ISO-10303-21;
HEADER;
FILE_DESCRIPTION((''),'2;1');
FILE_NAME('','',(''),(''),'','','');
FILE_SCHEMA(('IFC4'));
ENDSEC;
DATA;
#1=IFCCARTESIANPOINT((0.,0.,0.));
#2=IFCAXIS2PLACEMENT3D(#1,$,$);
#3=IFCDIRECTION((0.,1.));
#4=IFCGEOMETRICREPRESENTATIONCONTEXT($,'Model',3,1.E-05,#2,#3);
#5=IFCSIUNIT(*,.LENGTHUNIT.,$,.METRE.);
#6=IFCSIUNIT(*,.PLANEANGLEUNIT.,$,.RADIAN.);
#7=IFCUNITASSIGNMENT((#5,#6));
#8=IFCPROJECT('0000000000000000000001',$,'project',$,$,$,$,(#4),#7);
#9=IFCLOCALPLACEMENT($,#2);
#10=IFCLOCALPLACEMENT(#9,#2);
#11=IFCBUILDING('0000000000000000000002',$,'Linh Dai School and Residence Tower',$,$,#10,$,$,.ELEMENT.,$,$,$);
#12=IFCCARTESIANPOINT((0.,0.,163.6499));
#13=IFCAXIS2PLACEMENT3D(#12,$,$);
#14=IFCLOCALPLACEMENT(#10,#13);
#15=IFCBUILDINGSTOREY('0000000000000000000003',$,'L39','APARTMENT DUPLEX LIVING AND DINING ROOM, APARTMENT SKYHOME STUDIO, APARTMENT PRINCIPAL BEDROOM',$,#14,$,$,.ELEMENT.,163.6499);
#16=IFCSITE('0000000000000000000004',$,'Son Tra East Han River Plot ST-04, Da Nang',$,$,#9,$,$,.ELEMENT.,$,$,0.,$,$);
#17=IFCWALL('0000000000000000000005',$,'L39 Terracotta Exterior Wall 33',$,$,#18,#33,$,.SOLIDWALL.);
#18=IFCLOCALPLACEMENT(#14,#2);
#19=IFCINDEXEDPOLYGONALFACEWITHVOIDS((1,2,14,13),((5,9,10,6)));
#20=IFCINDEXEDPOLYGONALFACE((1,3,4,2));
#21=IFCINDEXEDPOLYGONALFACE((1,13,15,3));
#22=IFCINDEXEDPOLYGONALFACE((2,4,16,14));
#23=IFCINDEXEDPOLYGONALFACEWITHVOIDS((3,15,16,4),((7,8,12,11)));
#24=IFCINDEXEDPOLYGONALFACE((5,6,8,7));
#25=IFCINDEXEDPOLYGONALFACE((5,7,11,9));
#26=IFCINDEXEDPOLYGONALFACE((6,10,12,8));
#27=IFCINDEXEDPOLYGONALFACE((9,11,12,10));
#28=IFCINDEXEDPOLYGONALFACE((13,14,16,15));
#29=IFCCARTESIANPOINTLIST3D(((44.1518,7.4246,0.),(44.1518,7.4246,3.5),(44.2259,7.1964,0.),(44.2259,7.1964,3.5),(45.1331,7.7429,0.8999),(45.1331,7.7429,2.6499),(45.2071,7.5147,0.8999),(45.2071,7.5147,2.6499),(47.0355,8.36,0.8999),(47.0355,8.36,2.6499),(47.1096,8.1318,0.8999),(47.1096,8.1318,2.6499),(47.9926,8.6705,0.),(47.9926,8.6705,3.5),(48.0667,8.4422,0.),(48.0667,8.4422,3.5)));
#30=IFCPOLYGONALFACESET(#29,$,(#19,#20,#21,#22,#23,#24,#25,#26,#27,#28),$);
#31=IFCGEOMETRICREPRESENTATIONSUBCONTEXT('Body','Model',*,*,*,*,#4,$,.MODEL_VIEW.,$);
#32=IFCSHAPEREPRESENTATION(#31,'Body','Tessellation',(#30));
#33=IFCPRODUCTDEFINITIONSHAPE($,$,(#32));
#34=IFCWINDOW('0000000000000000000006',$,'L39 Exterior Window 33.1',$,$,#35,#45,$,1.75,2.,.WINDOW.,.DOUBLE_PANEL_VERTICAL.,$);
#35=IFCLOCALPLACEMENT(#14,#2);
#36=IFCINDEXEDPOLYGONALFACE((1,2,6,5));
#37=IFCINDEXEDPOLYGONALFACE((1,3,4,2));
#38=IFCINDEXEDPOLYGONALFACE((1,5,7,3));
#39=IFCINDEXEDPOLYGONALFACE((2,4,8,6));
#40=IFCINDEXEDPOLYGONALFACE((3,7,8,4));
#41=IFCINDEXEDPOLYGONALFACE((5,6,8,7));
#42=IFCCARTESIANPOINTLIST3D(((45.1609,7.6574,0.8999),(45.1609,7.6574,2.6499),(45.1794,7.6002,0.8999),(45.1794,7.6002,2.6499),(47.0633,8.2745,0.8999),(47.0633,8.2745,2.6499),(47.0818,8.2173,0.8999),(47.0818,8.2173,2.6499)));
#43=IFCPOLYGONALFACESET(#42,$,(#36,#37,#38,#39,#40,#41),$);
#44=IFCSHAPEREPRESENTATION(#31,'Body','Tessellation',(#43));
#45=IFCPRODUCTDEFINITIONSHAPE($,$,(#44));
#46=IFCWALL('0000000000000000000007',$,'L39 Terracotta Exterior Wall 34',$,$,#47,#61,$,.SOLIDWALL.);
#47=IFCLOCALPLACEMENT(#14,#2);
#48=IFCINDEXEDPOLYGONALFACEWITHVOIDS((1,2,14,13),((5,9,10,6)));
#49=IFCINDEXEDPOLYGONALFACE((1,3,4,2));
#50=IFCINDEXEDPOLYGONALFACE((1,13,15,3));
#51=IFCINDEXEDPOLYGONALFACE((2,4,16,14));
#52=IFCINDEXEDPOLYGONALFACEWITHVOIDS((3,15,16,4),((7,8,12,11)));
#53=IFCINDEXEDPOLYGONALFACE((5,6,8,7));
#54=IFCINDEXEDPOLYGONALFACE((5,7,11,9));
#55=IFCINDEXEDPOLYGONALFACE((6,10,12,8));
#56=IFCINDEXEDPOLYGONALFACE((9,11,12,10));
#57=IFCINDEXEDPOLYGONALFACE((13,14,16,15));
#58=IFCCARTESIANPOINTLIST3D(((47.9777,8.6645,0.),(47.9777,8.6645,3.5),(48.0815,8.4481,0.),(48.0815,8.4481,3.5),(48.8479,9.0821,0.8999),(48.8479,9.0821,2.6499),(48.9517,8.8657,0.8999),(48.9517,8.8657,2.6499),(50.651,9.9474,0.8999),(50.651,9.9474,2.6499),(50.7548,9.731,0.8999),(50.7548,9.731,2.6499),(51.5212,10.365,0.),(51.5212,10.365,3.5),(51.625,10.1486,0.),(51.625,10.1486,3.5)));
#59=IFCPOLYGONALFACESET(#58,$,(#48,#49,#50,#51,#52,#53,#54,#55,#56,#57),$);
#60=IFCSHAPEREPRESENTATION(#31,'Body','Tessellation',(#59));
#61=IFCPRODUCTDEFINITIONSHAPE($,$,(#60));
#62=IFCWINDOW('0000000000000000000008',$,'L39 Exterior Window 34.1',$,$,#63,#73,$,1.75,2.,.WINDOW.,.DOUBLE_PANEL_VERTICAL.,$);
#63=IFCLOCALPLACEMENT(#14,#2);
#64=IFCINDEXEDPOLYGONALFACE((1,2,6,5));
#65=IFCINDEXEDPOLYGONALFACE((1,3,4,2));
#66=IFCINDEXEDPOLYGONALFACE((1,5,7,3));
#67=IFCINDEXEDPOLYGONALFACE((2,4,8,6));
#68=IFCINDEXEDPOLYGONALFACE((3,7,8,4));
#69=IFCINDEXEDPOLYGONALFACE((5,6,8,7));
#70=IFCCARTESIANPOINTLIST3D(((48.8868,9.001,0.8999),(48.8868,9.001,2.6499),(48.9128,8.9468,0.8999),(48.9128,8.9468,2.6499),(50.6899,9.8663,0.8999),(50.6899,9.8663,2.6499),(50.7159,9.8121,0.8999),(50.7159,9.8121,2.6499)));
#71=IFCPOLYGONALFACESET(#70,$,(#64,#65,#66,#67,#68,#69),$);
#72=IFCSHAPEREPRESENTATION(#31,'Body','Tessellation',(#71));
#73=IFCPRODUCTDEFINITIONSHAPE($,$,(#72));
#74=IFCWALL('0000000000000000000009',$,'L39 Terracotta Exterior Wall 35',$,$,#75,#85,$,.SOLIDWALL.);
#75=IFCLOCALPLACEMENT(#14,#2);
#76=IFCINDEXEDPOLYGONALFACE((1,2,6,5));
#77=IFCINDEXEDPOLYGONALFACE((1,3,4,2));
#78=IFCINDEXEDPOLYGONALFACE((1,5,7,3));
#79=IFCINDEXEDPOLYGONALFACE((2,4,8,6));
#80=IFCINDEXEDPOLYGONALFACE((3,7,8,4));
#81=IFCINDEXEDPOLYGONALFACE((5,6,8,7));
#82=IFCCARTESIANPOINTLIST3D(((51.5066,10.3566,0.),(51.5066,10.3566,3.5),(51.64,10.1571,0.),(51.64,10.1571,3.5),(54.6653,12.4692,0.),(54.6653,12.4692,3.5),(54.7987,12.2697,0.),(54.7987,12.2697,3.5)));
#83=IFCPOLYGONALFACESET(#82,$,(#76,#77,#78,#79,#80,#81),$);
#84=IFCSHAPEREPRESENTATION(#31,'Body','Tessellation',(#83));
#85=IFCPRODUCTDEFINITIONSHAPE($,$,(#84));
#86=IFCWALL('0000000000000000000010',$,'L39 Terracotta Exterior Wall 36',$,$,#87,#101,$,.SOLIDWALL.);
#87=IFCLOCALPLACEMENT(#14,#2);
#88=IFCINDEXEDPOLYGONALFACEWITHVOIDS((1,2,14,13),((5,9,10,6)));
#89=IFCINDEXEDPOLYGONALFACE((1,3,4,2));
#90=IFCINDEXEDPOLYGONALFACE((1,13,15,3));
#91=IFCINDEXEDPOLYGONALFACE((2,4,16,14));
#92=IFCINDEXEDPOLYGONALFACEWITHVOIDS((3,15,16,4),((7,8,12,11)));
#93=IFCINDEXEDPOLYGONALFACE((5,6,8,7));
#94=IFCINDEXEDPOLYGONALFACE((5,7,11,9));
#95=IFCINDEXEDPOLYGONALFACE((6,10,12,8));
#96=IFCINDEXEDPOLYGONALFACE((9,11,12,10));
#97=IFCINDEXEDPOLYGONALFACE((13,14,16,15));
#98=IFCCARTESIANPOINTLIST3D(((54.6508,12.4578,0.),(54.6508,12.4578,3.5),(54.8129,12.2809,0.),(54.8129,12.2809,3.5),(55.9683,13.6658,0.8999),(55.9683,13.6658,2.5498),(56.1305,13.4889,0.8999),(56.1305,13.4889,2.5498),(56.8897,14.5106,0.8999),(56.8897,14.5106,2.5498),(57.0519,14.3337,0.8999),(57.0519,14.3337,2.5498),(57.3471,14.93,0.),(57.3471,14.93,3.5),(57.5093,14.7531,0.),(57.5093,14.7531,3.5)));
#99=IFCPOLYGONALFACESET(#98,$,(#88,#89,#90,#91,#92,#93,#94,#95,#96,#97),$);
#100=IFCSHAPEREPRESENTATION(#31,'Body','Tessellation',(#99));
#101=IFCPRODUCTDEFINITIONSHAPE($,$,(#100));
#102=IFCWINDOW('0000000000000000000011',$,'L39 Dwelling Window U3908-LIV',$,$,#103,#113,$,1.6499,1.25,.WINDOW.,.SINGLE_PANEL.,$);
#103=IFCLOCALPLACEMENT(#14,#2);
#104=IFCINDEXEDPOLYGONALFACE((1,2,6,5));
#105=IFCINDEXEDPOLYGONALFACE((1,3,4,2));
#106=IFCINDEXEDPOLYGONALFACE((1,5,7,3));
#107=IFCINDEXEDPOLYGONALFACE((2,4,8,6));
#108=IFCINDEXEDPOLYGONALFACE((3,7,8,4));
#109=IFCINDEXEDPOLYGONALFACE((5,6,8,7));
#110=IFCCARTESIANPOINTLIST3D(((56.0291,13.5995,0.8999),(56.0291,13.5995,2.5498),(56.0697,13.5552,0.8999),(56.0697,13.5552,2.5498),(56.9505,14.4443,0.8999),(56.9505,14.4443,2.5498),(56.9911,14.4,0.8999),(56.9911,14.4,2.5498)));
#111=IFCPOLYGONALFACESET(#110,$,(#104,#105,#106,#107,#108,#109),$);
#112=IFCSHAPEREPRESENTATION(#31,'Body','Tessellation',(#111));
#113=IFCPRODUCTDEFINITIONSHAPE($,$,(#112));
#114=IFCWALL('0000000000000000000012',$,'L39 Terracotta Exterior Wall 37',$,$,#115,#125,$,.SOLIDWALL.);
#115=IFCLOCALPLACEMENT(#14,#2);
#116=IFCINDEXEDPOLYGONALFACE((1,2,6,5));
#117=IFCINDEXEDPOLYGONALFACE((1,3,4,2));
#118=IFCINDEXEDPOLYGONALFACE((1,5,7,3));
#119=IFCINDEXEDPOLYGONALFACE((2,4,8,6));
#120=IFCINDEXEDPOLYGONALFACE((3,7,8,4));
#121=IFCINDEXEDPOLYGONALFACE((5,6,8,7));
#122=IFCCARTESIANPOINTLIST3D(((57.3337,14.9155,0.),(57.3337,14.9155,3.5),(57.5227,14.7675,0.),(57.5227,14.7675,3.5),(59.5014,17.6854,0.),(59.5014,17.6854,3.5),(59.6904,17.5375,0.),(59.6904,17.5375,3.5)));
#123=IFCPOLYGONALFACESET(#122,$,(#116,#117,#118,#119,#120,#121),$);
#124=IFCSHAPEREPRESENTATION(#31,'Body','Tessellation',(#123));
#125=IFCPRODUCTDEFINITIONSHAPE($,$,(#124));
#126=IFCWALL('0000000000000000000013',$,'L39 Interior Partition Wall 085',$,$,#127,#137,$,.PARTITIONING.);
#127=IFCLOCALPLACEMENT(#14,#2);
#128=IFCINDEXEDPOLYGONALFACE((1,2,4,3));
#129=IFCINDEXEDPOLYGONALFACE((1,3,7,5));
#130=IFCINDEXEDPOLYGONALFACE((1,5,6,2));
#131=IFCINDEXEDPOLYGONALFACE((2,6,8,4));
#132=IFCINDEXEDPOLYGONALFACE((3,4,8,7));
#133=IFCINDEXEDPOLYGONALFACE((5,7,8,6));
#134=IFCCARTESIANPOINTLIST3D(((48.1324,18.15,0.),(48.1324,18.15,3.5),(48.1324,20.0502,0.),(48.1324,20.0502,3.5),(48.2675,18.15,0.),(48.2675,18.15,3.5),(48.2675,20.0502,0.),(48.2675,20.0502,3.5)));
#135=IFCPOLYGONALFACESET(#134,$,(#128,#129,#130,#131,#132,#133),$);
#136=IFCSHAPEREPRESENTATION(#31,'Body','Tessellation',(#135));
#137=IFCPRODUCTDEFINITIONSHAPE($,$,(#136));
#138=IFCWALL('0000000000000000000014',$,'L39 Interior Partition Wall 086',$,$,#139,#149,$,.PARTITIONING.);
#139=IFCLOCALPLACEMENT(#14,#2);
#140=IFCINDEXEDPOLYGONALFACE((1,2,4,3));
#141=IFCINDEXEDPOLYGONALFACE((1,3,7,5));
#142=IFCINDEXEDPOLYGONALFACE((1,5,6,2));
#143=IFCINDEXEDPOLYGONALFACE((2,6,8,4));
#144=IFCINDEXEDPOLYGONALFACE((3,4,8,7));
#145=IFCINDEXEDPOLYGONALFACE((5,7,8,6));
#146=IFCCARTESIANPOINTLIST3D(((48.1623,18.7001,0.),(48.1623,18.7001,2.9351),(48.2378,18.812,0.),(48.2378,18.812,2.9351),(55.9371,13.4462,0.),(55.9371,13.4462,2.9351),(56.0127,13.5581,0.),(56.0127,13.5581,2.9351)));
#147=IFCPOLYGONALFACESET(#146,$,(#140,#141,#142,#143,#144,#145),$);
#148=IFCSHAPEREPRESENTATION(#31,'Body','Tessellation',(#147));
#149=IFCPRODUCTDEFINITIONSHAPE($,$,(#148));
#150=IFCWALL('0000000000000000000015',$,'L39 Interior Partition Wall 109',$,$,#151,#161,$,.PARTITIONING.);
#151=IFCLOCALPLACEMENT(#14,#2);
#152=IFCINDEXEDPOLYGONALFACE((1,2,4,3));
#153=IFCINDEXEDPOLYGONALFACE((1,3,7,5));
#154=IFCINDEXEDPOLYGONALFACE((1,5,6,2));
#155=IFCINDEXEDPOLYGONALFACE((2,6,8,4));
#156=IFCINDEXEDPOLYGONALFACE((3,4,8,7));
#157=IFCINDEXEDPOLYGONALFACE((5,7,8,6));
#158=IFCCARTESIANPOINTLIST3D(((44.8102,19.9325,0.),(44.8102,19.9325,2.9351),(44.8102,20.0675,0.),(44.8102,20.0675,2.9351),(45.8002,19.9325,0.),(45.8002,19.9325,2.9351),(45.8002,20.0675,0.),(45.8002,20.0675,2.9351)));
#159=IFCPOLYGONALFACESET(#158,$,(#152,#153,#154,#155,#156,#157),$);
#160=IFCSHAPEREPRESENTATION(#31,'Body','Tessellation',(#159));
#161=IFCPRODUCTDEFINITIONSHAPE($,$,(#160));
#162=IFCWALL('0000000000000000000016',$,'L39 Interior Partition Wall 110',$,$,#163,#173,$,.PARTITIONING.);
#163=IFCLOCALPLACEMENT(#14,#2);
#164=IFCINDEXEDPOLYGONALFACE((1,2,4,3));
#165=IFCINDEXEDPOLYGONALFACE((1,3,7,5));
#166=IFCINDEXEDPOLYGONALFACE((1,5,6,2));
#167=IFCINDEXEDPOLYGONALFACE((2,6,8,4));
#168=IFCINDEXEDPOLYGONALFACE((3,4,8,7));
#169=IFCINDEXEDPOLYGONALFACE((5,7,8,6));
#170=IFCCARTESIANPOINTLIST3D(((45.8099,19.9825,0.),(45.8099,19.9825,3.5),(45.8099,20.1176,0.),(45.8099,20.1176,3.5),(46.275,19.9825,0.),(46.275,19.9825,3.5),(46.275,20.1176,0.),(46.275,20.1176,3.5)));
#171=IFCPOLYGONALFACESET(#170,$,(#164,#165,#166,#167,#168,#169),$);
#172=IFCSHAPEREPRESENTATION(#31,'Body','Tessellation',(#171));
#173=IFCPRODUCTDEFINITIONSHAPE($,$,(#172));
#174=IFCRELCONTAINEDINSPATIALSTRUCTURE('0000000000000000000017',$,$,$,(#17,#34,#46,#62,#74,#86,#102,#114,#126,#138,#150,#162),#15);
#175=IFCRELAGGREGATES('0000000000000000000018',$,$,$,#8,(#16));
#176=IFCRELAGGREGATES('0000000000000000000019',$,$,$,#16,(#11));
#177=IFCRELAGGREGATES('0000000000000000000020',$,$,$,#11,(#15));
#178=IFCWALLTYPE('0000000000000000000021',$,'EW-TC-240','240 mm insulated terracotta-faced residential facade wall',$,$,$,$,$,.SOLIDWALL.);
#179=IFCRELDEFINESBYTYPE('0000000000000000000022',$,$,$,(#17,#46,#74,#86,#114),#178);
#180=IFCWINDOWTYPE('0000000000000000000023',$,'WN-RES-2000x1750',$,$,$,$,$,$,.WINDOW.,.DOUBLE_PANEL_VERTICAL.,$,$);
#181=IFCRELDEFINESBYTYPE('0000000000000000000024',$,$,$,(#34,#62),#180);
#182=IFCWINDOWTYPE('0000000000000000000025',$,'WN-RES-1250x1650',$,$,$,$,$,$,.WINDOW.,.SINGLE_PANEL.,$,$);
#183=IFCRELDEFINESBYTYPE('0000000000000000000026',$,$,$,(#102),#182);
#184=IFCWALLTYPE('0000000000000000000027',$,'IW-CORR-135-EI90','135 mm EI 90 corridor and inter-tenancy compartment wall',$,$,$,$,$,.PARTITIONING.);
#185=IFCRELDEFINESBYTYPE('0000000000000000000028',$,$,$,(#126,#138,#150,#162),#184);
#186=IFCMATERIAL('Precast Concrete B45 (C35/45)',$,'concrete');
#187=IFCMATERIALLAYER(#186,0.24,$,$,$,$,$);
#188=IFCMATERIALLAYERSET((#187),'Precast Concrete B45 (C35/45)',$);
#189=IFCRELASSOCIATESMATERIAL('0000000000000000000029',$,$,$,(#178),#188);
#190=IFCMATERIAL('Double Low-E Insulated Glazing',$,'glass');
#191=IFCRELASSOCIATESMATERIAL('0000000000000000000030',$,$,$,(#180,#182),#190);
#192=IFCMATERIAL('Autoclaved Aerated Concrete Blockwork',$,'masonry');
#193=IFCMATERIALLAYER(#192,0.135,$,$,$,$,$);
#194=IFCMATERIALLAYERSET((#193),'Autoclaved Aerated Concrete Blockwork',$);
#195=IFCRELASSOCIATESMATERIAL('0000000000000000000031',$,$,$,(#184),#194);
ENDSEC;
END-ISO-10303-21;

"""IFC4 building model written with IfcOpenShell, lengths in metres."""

from ifc_helpers import new_model, si_unit, direction, frame, frame_2d, origin, origin_2d, place, context, subcontext, project, spatial, rectangle, extrude, source, transform, mapped, material, layer, layer_set, type_object, element, fill, save


model = new_model("IFC4")

# Units and contexts
model_context = context("Model", 3, precision=1e-05, world=origin(), true_north=direction((0.0, 1.0)))
body_context = subcontext(model_context, "Body", "Model", "MODEL_VIEW")
ifc_project = project(units=[si_unit("LENGTHUNIT", "METRE"), si_unit("PLANEANGLEUNIT", "RADIAN")], contexts=[model_context])

# Site, building, storey
site_placement = place(None, origin())
site = spatial("IfcSite", under=ifc_project, at=site_placement, Name="Son Tra East Han River Plot ST-04, Da Nang", CompositionType="ELEMENT", RefElevation=0.0)
building_placement = place(site_placement, origin())
building = spatial("IfcBuilding", under=site, at=building_placement, Name="Linh Dai School and Residence Tower", CompositionType="ELEMENT")
storey_placement = place(building_placement, frame((0.0, 0.0, 163.6499)))
storey = spatial("IfcBuildingStorey", under=building, at=storey_placement, Name="L39", Description="APARTMENT DUPLEX LIVING AND DINING ROOM, APARTMENT SKYHOME STUDIO, APARTMENT PRINCIPAL BEDROOM", CompositionType="ELEMENT", Elevation=163.6499)

# Shared definitions
ifc_material_1 = material(Name="Precast Concrete B45 (C35/45)", Category="concrete")

# Walls, openings, windows
ifc_layer_1 = layer(ifc_material_1, 0.24)
ifc_layer_set_1 = layer_set([ifc_layer_1], Name="Precast Concrete B45 (C35/45)")
wall_type_1 = type_object("IfcWallType", Name="EW-TC-240", Description="240 mm insulated terracotta-faced residential facade wall", PredefinedType="SOLIDWALL", material=ifc_layer_set_1)
wall_1_placement = place(storey_placement, frame((48.0298, 8.5564, 0.0), z_axis=(0.0, 0.0, 1.0), x_axis=(-0.95121, -0.308545, 0.0)))
wall_1 = element("IfcWall", 1, at=wall_1_placement, inside=storey, type_object=wall_type_1, Name="L39 Terracotta Exterior Wall 33", PredefinedType="SOLIDWALL", context=body_context, shape_type="SweptSolid", body=[
    extrude(rectangle(XDim=4.0378, YDim=0.24, at=frame_2d((2.019, 0.0))), origin(), (0.0, 0.0, 1.0), 3.5),
])
opening_1_placement = place(wall_1_placement, frame((1.0063, 0.0, 0.8999)))
opening_1 = element("IfcOpeningElement", 2, at=opening_1_placement, cuts=wall_1, PredefinedType="OPENING", context=body_context, shape_type="SweptSolid", body=[
    extrude(rectangle(XDim=2.0, YDim=1.75, at=origin_2d()), frame((1.0, 0.1299, 0.875), z_axis=(0.0, -1.0, 0.0), x_axis=(1.0, 0.0, 0.0)), (0.0, 0.0, 1.0), 0.26),
])
ifc_material_2 = material(Name="Double Low-E Insulated Glazing", Category="glass")
window_type_1 = type_object("IfcWindowType", Name="WN-RES-2000x1750", PartitioningType="DOUBLE_PANEL_VERTICAL", PredefinedType="WINDOW", material=ifc_material_2)
shared_shape_1 = source(origin(), body_context, "Body", "SweptSolid", [
    extrude(rectangle(XDim=2.0, YDim=1.75, at=origin_2d()), frame((1.0, 0.03, 0.875), z_axis=(0.0, -1.0, 0.0), x_axis=(1.0, 0.0, 0.0)), (0.0, 0.0, 1.0), 0.0601),
])
window_1_placement = place(opening_1_placement, origin())
window_1 = element("IfcWindow", 3, at=window_1_placement, inside=storey, type_object=window_type_1, Name="L39 Exterior Window 33.1", OverallHeight=1.75, OverallWidth=2.0, PartitioningType="DOUBLE_PANEL_VERTICAL", PredefinedType="WINDOW", context=body_context, shape_type="MappedRepresentation", body=[
    mapped(shared_shape_1, transform((0.0, 0.0, 0.0), x_axis=(1.0, 0.0, 0.0), y_axis=(0.0, 1.0, 0.0), z_axis=(0.0, 0.0, 1.0), scale=1.0)),
])
fill(opening_1, window_1)
wall_2_placement = place(storey_placement, frame((51.5732, 10.2568, 0.0), z_axis=(0.0, 0.0, 1.0), x_axis=(-0.901565, -0.432644, 0.0)))
wall_2 = element("IfcWall", 4, at=wall_2_placement, inside=storey, type_object=wall_type_1, Name="L39 Terracotta Exterior Wall 34", PredefinedType="SOLIDWALL", context=body_context, shape_type="SweptSolid", body=[
    extrude(rectangle(XDim=3.9304, YDim=0.24, at=frame_2d((1.9653, 0.0))), origin(), (0.0, 0.0, 1.0), 3.5),
])
opening_2_placement = place(wall_2_placement, frame((0.9653, 0.0, 0.8999)))
opening_2 = element("IfcOpeningElement", 5, at=opening_2_placement, cuts=wall_2, PredefinedType="OPENING", context=body_context, shape_type="SweptSolid", body=[
    extrude(rectangle(XDim=2.0, YDim=1.75, at=origin_2d()), frame((1.0, 0.1299, 0.875), z_axis=(0.0, -1.0, 0.0), x_axis=(1.0, 0.0, 0.0)), (0.0, 0.0, 1.0), 0.26),
])
window_2_placement = place(opening_2_placement, origin())
window_2 = element("IfcWindow", 6, at=window_2_placement, inside=storey, type_object=window_type_1, Name="L39 Exterior Window 34.1", OverallHeight=1.75, OverallWidth=2.0, PartitioningType="DOUBLE_PANEL_VERTICAL", PredefinedType="WINDOW", context=body_context, shape_type="MappedRepresentation", body=[
    mapped(shared_shape_1, transform((0.0, 0.0, 0.0), x_axis=(1.0, 0.0, 0.0), y_axis=(0.0, 1.0, 0.0), z_axis=(0.0, 0.0, 1.0), scale=1.0)),
])
fill(opening_2, window_2)

# Wall
wall_3_placement = place(storey_placement, frame((54.7319, 12.3694, 0.0), z_axis=(0.0, 0.0, 1.0), x_axis=(-0.831229, -0.55593, 0.0)))
element("IfcWall", 7, at=wall_3_placement, inside=storey, type_object=wall_type_1, Name="L39 Terracotta Exterior Wall 35", PredefinedType="SOLIDWALL", context=body_context, shape_type="SweptSolid", body=[
    extrude(rectangle(XDim=3.8, YDim=0.24, at=frame_2d((1.8999, 0.0))), origin(), (0.0, 0.0, 1.0), 3.5),
])

# Wall, opening, window
wall_4_placement = place(storey_placement, frame((57.4282, 14.8416, 0.0), z_axis=(0.0, 0.0, 1.0), x_axis=(-0.737077, -0.675809, 0.0)))
wall_4 = element("IfcWall", 8, at=wall_4_placement, inside=storey, type_object=wall_type_1, Name="L39 Terracotta Exterior Wall 36", PredefinedType="SOLIDWALL", context=body_context, shape_type="SweptSolid", body=[
    extrude(rectangle(XDim=3.6582, YDim=0.24, at=frame_2d((1.8291, 0.0))), origin(), (0.0, 0.0, 1.0), 3.5),
])
opening_3_placement = place(wall_4_placement, frame((0.6206, 0.0, 0.8999)))
opening_3 = element("IfcOpeningElement", 9, at=opening_3_placement, cuts=wall_4, PredefinedType="OPENING", context=body_context, shape_type="SweptSolid", body=[
    extrude(rectangle(XDim=1.25, YDim=1.6499, at=origin_2d()), frame((0.625, 0.1299, 0.825), z_axis=(0.0, -1.0, 0.0), x_axis=(1.0, 0.0, 0.0)), (0.0, 0.0, 1.0), 0.26),
])
window_type_2 = type_object("IfcWindowType", Name="WN-RES-1250x1650", PartitioningType="SINGLE_PANEL", PredefinedType="WINDOW", material=ifc_material_2)
shared_shape_2 = source(origin(), body_context, "Body", "SweptSolid", [
    extrude(rectangle(XDim=1.25, YDim=1.6499, at=origin_2d()), frame((0.625, 0.03, 0.825), z_axis=(0.0, -1.0, 0.0), x_axis=(1.0, 0.0, 0.0)), (0.0, 0.0, 1.0), 0.0601),
])
window_3_placement = place(opening_3_placement, origin())
window_3 = element("IfcWindow", 10, at=window_3_placement, inside=storey, type_object=window_type_2, Name="L39 Dwelling Window U3908-LIV", OverallHeight=1.6499, OverallWidth=1.25, PartitioningType="SINGLE_PANEL", PredefinedType="WINDOW", context=body_context, shape_type="MappedRepresentation", body=[
    mapped(shared_shape_2, transform((0.0, 0.0, 0.0), x_axis=(1.0, 0.0, 0.0), y_axis=(0.0, 1.0, 0.0), z_axis=(0.0, 0.0, 1.0), scale=1.0)),
])
fill(opening_3, window_3)

# Wall
wall_5_placement = place(storey_placement, frame((59.5959, 17.6116, 0.0), z_axis=(0.0, 0.0, 1.0), x_axis=(-0.616288, -0.787521, 0.0)))
element("IfcWall", 11, at=wall_5_placement, inside=storey, type_object=wall_type_1, Name="L39 Terracotta Exterior Wall 37", PredefinedType="SOLIDWALL", context=body_context, shape_type="SweptSolid", body=[
    extrude(rectangle(XDim=3.5173, YDim=0.24, at=frame_2d((1.7588, 0.0))), origin(), (0.0, 0.0, 1.0), 3.5),
])

# Shared definitions
ifc_material_3 = material(Name="Autoclaved Aerated Concrete Blockwork", Category="masonry")
ifc_layer_2 = layer(ifc_material_3, 0.135)
ifc_layer_set_2 = layer_set([ifc_layer_2], Name="Autoclaved Aerated Concrete Blockwork")
wall_type_2 = type_object("IfcWallType", Name="IW-CORR-135-EI90", Description="135 mm EI 90 corridor and inter-tenancy compartment wall", PredefinedType="PARTITIONING", material=ifc_layer_set_2)

# Walls
wall_6_placement = place(storey_placement, frame((48.2, 18.1499, 0.0), z_axis=(0.0, 0.0, 1.0), x_axis=(0.0, 1.0, 0.0)))
element("IfcWall", 12, at=wall_6_placement, inside=storey, type_object=wall_type_2, Name="L39 Interior Partition Wall 085", PredefinedType="PARTITIONING", context=body_context, shape_type="SweptSolid", body=[
    extrude(rectangle(XDim=1.9001, YDim=0.135, at=frame_2d((0.9502, 0.0))), origin(), (0.0, 0.0, 1.0), 3.5),
])
wall_7_placement = place(storey_placement, frame((48.2, 18.7561, 0.0), z_axis=(0.0, 0.0, 1.0), x_axis=(0.82856, -0.559901, 0.0)))
element("IfcWall", 13, at=wall_7_placement, inside=storey, type_object=wall_type_2, Name="L39 Interior Partition Wall 086", PredefinedType="PARTITIONING", context=body_context, shape_type="SweptSolid", body=[
    extrude(rectangle(XDim=9.3835, YDim=0.135, at=frame_2d((4.6919, 0.0))), origin(), (0.0, 0.0, 1.0), 2.9351),
])
wall_8_placement = place(storey_placement, frame((44.8101, 20.0, 0.0), z_axis=(0.0, 0.0, 1.0), x_axis=(1.0, 0.0, 0.0)))
element("IfcWall", 14, at=wall_8_placement, inside=storey, type_object=wall_type_2, Name="L39 Interior Partition Wall 109", PredefinedType="PARTITIONING", context=body_context, shape_type="SweptSolid", body=[
    extrude(rectangle(XDim=0.99, YDim=0.135, at=frame_2d((0.4951, 0.0))), origin(), (0.0, 0.0, 1.0), 2.9351),
])
wall_9_placement = place(storey_placement, frame((45.8101, 20.05, 0.0), z_axis=(0.0, 0.0, 1.0), x_axis=(1.0, 0.0, 0.0)))
element("IfcWall", 15, at=wall_9_placement, inside=storey, type_object=wall_type_2, Name="L39 Interior Partition Wall 110", PredefinedType="PARTITIONING", context=body_context, shape_type="SweptSolid", body=[
    extrude(rectangle(XDim=0.4651, YDim=0.135, at=frame_2d((0.2324, 0.0))), origin(), (0.0, 0.0, 1.0), 3.5),
])

save(model, "model.ifc")
